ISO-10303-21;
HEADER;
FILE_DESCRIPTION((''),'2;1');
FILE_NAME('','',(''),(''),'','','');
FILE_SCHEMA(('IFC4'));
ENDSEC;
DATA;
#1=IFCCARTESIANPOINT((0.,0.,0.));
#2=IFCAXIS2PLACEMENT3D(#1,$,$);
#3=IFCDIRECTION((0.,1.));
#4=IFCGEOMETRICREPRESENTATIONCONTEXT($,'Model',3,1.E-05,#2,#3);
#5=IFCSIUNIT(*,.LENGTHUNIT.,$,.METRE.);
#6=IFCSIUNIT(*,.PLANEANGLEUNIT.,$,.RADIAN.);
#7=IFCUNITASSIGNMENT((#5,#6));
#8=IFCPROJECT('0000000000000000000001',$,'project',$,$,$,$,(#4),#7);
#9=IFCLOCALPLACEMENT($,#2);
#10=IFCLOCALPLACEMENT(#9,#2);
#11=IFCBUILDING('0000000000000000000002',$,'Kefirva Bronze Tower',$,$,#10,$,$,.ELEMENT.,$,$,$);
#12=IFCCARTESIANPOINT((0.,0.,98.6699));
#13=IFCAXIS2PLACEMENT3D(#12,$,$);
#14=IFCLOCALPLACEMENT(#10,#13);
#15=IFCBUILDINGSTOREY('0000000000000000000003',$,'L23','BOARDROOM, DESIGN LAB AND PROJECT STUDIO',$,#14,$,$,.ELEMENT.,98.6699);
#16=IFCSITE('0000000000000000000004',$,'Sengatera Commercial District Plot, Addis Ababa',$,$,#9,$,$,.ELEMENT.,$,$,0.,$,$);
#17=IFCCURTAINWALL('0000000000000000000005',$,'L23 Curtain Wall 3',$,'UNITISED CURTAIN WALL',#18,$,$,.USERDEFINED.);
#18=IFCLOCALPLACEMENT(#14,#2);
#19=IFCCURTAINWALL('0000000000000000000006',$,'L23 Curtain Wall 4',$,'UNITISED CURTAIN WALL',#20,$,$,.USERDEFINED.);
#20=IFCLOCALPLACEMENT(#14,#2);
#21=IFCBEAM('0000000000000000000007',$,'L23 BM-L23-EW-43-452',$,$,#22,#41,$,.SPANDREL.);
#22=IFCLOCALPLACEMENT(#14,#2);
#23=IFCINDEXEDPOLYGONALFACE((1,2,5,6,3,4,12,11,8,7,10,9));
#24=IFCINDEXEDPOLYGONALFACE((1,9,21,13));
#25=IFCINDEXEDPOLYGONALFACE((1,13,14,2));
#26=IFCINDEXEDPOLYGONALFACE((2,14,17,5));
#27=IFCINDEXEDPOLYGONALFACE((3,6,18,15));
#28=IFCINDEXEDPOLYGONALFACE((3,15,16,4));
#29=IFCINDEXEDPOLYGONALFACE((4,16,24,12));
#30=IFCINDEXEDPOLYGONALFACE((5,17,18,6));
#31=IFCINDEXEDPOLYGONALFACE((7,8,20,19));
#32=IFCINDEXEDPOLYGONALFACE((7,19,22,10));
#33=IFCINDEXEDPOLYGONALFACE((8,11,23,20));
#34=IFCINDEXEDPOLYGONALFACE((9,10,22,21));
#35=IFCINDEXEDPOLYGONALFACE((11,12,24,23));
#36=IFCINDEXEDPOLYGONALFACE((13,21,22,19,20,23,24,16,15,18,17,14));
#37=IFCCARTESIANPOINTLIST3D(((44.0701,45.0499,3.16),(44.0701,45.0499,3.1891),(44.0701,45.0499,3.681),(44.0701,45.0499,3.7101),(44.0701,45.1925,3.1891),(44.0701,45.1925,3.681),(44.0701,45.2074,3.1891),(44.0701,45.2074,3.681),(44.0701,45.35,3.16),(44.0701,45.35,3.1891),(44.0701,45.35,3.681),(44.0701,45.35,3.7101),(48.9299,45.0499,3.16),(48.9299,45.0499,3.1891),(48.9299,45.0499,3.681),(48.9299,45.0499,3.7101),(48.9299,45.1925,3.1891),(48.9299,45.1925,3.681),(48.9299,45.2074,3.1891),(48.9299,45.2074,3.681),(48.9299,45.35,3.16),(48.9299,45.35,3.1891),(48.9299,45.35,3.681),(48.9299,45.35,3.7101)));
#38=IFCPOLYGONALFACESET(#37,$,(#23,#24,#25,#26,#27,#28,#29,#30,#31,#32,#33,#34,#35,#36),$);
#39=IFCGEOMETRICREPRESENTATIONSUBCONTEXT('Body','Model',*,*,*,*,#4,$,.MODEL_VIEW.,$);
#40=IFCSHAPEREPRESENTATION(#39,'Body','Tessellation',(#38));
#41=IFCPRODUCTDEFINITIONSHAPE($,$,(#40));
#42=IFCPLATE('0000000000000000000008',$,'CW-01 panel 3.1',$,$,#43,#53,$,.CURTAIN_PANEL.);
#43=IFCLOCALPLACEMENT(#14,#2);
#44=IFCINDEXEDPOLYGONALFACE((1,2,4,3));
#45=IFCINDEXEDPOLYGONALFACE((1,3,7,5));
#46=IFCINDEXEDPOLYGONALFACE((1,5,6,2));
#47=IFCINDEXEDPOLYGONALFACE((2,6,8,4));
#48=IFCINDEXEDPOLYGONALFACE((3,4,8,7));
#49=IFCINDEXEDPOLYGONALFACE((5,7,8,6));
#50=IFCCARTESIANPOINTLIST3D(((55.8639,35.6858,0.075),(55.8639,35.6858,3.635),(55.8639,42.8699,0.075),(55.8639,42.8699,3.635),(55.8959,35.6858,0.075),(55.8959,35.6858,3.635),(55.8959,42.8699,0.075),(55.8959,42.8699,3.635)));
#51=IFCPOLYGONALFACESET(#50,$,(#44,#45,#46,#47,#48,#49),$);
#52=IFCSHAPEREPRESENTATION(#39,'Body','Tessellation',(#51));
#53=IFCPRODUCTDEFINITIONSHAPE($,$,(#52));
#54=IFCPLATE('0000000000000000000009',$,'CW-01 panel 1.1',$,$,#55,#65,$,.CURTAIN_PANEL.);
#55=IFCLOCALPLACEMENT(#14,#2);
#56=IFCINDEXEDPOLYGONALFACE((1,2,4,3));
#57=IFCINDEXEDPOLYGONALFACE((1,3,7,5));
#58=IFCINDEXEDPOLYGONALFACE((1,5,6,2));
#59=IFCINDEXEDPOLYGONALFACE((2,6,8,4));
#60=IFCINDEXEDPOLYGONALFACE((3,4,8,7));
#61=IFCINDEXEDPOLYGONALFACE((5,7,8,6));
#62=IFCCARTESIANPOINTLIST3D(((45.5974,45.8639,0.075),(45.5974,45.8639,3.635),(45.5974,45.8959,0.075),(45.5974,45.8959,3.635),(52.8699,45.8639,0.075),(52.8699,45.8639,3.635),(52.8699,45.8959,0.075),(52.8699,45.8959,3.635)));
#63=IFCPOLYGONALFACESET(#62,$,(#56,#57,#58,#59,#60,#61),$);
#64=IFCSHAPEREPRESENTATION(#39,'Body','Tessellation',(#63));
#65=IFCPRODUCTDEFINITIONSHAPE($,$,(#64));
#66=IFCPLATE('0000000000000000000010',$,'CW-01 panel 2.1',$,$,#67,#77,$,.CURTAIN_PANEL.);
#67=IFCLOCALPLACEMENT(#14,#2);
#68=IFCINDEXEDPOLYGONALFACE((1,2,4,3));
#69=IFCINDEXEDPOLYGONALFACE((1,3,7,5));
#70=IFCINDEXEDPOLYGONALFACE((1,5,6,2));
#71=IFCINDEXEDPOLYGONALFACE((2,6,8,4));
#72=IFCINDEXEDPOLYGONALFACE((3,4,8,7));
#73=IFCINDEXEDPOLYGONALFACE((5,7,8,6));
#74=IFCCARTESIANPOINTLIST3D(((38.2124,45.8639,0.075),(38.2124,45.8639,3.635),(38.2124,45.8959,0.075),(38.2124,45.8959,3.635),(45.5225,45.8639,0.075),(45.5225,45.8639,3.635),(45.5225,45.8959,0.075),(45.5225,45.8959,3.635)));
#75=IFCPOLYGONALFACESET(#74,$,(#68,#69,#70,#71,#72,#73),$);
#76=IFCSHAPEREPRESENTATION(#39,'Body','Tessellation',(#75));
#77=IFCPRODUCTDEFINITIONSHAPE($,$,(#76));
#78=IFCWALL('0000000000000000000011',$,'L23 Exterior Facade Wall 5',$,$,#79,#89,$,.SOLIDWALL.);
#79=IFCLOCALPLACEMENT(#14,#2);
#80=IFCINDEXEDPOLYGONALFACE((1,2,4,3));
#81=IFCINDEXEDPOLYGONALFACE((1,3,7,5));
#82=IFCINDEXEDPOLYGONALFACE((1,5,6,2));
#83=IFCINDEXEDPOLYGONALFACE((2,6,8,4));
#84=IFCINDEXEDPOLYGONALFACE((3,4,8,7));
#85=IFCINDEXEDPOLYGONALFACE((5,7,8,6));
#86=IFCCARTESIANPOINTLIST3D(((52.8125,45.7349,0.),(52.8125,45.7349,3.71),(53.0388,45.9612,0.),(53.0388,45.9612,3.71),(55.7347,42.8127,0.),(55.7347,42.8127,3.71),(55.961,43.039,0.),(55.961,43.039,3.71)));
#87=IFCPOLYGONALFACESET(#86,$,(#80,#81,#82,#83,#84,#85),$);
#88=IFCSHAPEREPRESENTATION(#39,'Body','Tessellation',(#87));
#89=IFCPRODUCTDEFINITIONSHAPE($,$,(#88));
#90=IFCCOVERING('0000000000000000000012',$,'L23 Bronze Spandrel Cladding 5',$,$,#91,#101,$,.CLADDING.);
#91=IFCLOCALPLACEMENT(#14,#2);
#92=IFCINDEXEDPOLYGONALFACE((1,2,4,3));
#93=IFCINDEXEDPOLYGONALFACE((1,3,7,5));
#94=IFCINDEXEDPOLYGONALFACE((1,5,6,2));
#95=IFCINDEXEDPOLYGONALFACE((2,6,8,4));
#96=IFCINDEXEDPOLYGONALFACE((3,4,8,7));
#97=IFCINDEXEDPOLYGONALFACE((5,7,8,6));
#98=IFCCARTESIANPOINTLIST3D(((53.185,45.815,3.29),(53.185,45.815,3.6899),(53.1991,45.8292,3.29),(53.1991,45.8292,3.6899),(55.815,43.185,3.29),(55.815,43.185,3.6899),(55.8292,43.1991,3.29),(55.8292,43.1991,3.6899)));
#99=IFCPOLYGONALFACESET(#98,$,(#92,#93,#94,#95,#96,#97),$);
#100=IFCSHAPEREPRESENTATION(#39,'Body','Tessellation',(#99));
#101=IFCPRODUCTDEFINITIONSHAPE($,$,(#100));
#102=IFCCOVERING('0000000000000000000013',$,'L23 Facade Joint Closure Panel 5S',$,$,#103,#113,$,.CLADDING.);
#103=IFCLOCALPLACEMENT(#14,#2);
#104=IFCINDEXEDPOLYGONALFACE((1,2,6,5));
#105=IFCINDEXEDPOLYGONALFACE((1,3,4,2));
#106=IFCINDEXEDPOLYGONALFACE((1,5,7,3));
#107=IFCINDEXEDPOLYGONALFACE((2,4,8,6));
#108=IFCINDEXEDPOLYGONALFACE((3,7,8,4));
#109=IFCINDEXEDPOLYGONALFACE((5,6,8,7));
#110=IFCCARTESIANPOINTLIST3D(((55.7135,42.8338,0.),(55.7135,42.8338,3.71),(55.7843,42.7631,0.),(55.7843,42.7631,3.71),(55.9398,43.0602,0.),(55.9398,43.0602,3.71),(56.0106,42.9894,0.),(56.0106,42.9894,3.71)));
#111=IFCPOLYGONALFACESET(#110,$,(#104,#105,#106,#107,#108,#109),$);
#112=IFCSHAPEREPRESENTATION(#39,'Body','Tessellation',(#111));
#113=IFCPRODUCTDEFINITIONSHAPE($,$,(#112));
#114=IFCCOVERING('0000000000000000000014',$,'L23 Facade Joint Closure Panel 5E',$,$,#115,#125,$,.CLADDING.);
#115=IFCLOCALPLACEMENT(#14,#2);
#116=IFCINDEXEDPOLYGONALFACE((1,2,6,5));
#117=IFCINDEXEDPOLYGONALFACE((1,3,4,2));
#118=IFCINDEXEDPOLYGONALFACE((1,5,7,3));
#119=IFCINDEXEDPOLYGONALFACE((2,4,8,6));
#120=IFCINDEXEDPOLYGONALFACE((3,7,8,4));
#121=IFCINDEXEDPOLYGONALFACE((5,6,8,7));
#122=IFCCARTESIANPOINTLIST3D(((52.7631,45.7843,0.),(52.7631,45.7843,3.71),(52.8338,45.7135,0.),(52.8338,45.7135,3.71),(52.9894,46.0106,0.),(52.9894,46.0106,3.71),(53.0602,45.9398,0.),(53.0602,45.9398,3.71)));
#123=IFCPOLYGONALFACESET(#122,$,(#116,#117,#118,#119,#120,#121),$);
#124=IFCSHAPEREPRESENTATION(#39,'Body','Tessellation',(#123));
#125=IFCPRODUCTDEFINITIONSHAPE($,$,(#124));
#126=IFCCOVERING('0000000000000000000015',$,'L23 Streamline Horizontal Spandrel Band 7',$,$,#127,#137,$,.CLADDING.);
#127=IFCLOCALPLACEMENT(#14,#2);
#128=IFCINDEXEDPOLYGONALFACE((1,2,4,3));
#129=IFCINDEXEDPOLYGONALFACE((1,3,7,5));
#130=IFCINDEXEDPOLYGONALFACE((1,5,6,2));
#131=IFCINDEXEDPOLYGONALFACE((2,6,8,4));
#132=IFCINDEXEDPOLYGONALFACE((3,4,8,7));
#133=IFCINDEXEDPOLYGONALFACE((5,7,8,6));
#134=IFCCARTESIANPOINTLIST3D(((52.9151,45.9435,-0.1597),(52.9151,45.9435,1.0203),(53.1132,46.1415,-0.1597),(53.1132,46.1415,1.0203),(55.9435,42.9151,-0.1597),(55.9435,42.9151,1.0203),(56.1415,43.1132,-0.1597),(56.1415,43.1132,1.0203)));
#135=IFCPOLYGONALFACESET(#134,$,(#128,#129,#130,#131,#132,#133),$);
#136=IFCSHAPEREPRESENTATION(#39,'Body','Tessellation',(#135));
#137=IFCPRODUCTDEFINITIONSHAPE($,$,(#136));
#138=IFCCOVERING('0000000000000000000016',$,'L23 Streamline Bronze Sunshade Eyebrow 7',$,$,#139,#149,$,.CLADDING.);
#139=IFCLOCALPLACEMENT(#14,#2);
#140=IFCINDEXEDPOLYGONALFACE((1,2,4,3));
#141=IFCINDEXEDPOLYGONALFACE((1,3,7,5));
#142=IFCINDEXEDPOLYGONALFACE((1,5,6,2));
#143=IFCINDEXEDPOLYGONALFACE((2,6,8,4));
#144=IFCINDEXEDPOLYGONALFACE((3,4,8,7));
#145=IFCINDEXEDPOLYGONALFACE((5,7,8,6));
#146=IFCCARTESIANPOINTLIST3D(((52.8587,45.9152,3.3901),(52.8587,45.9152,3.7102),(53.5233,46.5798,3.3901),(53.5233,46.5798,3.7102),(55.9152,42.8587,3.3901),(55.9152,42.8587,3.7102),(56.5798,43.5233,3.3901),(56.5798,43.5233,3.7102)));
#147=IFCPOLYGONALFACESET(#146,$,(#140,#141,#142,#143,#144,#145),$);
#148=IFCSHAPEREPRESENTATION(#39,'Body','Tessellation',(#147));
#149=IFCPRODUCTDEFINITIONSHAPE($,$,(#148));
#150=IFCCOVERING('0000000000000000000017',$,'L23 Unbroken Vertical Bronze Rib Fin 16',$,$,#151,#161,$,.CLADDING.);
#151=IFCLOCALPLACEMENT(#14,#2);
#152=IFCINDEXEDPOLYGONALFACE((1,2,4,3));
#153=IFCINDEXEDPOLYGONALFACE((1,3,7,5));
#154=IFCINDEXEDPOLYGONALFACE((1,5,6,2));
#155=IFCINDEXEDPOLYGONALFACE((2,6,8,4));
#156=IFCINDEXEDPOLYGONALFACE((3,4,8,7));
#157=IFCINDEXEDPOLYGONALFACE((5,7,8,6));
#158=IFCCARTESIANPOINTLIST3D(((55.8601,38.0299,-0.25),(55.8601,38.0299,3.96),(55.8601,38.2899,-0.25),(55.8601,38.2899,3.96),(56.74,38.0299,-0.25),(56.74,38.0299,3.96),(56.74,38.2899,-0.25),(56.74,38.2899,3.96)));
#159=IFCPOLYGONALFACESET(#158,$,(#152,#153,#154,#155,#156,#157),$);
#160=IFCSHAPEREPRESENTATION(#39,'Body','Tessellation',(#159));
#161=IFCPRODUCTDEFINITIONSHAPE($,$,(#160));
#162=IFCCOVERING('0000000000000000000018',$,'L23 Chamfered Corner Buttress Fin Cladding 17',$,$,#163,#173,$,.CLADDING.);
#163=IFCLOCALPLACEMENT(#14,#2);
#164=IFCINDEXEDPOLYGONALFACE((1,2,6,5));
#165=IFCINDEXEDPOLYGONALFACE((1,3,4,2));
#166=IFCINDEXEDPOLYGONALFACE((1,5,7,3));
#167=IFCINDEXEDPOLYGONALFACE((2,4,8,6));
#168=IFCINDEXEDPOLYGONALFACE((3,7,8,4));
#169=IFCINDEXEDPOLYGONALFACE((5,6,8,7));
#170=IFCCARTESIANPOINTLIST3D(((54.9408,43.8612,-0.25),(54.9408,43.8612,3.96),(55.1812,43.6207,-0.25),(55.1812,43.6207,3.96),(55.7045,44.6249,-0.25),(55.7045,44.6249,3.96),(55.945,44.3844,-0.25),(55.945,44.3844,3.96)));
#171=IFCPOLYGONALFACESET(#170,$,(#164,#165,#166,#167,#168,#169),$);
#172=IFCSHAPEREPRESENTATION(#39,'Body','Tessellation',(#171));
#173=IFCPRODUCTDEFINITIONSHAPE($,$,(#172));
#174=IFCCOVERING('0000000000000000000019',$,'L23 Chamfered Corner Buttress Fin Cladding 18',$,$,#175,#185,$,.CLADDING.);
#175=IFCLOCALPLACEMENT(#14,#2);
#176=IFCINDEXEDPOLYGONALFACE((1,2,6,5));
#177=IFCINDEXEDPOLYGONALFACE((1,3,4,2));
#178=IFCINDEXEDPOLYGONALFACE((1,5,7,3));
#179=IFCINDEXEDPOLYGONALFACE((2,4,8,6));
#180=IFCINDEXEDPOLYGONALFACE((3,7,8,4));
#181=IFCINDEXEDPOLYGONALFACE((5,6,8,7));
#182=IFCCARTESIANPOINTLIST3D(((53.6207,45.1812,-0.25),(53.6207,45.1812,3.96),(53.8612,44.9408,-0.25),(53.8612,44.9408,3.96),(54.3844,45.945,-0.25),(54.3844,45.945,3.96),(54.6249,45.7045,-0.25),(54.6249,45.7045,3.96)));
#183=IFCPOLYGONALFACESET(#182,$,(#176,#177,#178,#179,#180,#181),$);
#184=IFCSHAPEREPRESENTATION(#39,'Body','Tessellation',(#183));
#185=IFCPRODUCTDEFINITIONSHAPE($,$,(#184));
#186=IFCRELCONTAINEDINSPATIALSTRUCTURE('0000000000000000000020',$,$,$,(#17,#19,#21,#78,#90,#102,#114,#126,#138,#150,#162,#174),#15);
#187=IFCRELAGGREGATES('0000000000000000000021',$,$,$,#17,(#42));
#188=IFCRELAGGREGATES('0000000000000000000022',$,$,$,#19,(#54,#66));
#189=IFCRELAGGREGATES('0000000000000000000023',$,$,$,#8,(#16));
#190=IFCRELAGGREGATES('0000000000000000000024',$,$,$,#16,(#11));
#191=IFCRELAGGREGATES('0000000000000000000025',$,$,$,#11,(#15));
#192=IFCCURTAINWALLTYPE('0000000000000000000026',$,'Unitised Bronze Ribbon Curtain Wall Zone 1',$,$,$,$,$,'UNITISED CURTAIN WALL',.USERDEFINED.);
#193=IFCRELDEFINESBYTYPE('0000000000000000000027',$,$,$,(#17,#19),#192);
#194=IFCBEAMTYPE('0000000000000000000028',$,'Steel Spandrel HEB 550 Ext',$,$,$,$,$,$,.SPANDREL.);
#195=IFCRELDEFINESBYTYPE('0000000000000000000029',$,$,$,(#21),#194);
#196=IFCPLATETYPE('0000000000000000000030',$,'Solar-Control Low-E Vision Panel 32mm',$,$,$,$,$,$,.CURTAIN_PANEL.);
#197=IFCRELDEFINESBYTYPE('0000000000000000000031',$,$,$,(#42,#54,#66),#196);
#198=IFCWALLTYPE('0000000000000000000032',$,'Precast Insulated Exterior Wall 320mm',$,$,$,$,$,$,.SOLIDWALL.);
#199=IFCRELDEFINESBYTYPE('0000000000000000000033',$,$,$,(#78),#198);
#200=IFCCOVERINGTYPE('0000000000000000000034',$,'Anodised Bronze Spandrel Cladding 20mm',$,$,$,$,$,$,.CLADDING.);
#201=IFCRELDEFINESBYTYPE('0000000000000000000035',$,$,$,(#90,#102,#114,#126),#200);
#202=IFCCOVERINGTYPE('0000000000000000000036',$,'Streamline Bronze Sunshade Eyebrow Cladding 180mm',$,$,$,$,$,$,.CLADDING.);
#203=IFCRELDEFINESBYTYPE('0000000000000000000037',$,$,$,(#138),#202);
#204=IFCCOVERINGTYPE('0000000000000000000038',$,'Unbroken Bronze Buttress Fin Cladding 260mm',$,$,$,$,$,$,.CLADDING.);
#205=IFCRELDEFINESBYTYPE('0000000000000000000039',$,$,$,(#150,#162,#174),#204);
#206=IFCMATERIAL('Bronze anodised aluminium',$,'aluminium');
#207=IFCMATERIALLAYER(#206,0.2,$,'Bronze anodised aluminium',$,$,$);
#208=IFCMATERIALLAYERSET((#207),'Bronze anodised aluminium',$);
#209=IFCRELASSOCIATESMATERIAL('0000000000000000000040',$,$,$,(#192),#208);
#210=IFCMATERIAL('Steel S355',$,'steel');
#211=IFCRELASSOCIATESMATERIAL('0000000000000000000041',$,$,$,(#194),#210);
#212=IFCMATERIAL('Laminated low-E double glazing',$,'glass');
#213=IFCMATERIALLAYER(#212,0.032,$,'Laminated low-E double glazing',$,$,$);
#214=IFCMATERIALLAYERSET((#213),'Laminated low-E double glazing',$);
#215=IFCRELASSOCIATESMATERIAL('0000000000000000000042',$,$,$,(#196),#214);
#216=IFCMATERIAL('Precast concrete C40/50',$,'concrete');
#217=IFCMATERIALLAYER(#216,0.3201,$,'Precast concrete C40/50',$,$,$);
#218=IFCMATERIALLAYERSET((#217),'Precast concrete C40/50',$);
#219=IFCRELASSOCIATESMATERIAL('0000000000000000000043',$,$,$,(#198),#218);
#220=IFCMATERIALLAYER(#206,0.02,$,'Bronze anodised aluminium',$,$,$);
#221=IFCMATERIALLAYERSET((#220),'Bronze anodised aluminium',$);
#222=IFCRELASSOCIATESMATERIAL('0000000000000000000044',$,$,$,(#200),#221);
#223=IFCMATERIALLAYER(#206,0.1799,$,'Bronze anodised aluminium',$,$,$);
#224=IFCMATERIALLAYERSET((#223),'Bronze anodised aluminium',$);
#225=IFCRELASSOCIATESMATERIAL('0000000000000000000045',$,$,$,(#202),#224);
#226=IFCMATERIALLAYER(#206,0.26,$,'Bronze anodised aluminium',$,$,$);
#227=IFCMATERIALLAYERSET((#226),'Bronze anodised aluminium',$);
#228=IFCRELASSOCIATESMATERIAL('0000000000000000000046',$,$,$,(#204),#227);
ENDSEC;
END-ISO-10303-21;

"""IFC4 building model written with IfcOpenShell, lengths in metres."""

from ifc_helpers import new_model, si_unit, direction, frame, frame_2d, origin, origin_2d, place, context, subcontext, project, spatial, rectangle, i_section, extrude, material, layer, layer_set, material_profile, profile_set, type_object, element, aggregate, save


model = new_model("IFC4")

# Units and contexts
model_context = context("Model", 3, precision=1e-05, world=origin(), true_north=direction((0.0, 1.0)))
body_context = subcontext(model_context, "Body", "Model", "MODEL_VIEW")
ifc_project = project(units=[si_unit("LENGTHUNIT", "METRE"), si_unit("PLANEANGLEUNIT", "RADIAN")], contexts=[model_context])

# Site, building, storey
site_placement = place(None, origin())
site = spatial("IfcSite", under=ifc_project, at=site_placement, Name="Sengatera Commercial District Plot, Addis Ababa", CompositionType="ELEMENT", RefElevation=0.0)
building_placement = place(site_placement, origin())
building = spatial("IfcBuilding", under=site, at=building_placement, Name="Kefirva Bronze Tower", CompositionType="ELEMENT")
storey_placement = place(building_placement, frame((0.0, 0.0, 98.6699)))
storey = spatial("IfcBuildingStorey", under=building, at=storey_placement, Name="L23", Description="BOARDROOM, DESIGN LAB AND PROJECT STUDIO", CompositionType="ELEMENT", Elevation=98.6699)

# Curtain wall
ifc_material_1 = material(Name="Bronze anodised aluminium", Category="aluminium")
ifc_layer_1 = layer(ifc_material_1, 0.2, Name="Bronze anodised aluminium")
ifc_layer_set_1 = layer_set([ifc_layer_1], Name="Bronze anodised aluminium")
curtain_wall_type = type_object("IfcCurtainWallType", Name="Unitised Bronze Ribbon Curtain Wall Zone 1", ElementType="UNITISED CURTAIN WALL", PredefinedType="USERDEFINED", material=ifc_layer_set_1)
curtain_wall_1_placement = place(storey_placement, origin())
curtain_wall_1 = element("IfcCurtainWall", 1, at=curtain_wall_1_placement, inside=storey, type_object=curtain_wall_type, Name="L23 Curtain Wall 3", ObjectType="UNITISED CURTAIN WALL", PredefinedType="USERDEFINED")

# Curtain wall
curtain_wall_2_placement = place(storey_placement, origin())
curtain_wall_2 = element("IfcCurtainWall", 2, at=curtain_wall_2_placement, inside=storey, type_object=curtain_wall_type, Name="L23 Curtain Wall 4", ObjectType="UNITISED CURTAIN WALL", PredefinedType="USERDEFINED")

# Beam
ifc_material_2 = material(Name="Steel S355", Category="steel")
ifc_material_profile_1 = material_profile(ifc_material_2, i_section(OverallWidth=0.3, OverallDepth=0.55, WebThickness=0.0149, FlangeThickness=0.0291, at=origin_2d()), Name="HEB 550")
ifc_profile_set_1 = profile_set([ifc_material_profile_1], Name="Steel S355")
beam_type_1 = type_object("IfcBeamType", Name="Steel Spandrel HEB 550 Ext", PredefinedType="SPANDREL", material=ifc_profile_set_1)
beam_1_placement = place(storey_placement, frame((44.0701, 45.2, 3.4351), z_axis=(1.0, 0.0, 0.0), x_axis=(0.0, 1.0, 0.0)))
element("IfcBeam", 3, at=beam_1_placement, inside=storey, type_object=beam_type_1, Name="L23 BM-L23-EW-43-452", PredefinedType="SPANDREL", context=body_context, shape_type="SweptSolid", body=[
    extrude(i_section(OverallWidth=0.3, OverallDepth=0.55, WebThickness=0.0149, FlangeThickness=0.0291, at=origin_2d()), origin(), (0.0, 0.0, 1.0), 4.8599),
])

# Plates
ifc_material_3 = material(Name="Laminated low-E double glazing", Category="glass")
ifc_layer_2 = layer(ifc_material_3, 0.032, Name="Laminated low-E double glazing")
ifc_layer_set_2 = layer_set([ifc_layer_2], Name="Laminated low-E double glazing")
plate_type = type_object("IfcPlateType", Name="Solar-Control Low-E Vision Panel 32mm", PredefinedType="CURTAIN_PANEL", material=ifc_layer_set_2)
plate_1_placement = place(storey_placement, frame((55.8799, 39.2778, 0.075), z_axis=(0.0, 0.0, 1.0), x_axis=(0.0, 1.0, 0.0)))
plate_1 = element("IfcPlate", 4, at=plate_1_placement, type_object=plate_type, Name="CW-01 panel 3.1", PredefinedType="CURTAIN_PANEL", context=body_context, shape_type="SweptSolid", body=[
    extrude(rectangle(XDim=7.1841, YDim=0.032, at=origin_2d()), origin(), (0.0, 0.0, 1.0), 3.5601),
])
aggregate(curtain_wall_1, [plate_1])
plate_2_placement = place(storey_placement, frame((49.2336, 45.8799, 0.075), z_axis=(0.0, 0.0, 1.0), x_axis=(-1.0, 0.0, 0.0)))
plate_2 = element("IfcPlate", 5, at=plate_2_placement, type_object=plate_type, Name="CW-01 panel 1.1", PredefinedType="CURTAIN_PANEL", context=body_context, shape_type="SweptSolid", body=[
    extrude(rectangle(XDim=7.2725, YDim=0.032, at=origin_2d()), origin(), (0.0, 0.0, 1.0), 3.5601),
])
plate_3_placement = place(storey_placement, frame((41.8674, 45.8799, 0.075), z_axis=(0.0, 0.0, 1.0), x_axis=(-1.0, 0.0, 0.0)))
plate_3 = element("IfcPlate", 6, at=plate_3_placement, type_object=plate_type, Name="CW-01 panel 2.1", PredefinedType="CURTAIN_PANEL", context=body_context, shape_type="SweptSolid", body=[
    extrude(rectangle(XDim=7.3101, YDim=0.032, at=origin_2d()), origin(), (0.0, 0.0, 1.0), 3.5601),
])
aggregate(curtain_wall_2, [plate_2, plate_3])

# Wall
ifc_material_4 = material(Name="Precast concrete C40/50", Category="concrete")
ifc_layer_3 = layer(ifc_material_4, 0.3201, Name="Precast concrete C40/50")
ifc_layer_set_3 = layer_set([ifc_layer_3], Name="Precast concrete C40/50")
wall_type = type_object("IfcWallType", Name="Precast Insulated Exterior Wall 320mm", PredefinedType="SOLIDWALL", material=ifc_layer_set_3)
wall_placement = place(storey_placement, frame((55.8479, 42.9258, 0.0), z_axis=(0.0, 0.0, 1.0), x_axis=(-0.707107, 0.707107, 0.0)))
element("IfcWall", 7, at=wall_placement, inside=storey, type_object=wall_type, Name="L23 Exterior Facade Wall 5", PredefinedType="SOLIDWALL", context=body_context, shape_type="SweptSolid", body=[
    extrude(rectangle(XDim=4.1326, YDim=0.3201, at=frame_2d((2.0664, 0.0))), origin(), (0.0, 0.0, 1.0), 3.71),
])

# Coverings
ifc_layer_4 = layer(ifc_material_1, 0.02, Name="Bronze anodised aluminium")
ifc_layer_set_4 = layer_set([ifc_layer_4], Name="Bronze anodised aluminium")
covering_type_1 = type_object("IfcCoveringType", Name="Anodised Bronze Spandrel Cladding 20mm", PredefinedType="CLADDING", material=ifc_layer_set_4)
covering_1_placement = place(storey_placement, frame((54.5071, 44.5071, 3.29), z_axis=(0.0, 0.0, 1.0), x_axis=(-0.707107, 0.707107, 0.0)))
element("IfcCovering", 8, at=covering_1_placement, inside=storey, type_object=covering_type_1, Name="L23 Bronze Spandrel Cladding 5", PredefinedType="CLADDING", context=body_context, shape_type="SweptSolid", body=[
    extrude(rectangle(XDim=3.7195, YDim=0.02, at=origin_2d()), origin(), (0.0, 0.0, 1.0), 0.3999),
])
for number, where, z_axis, x_axis, name in (
    (9, (55.8621, 42.9116, 0.0), (0.0, 0.0, 1.0), (-0.707107, 0.707107, 0.0), "L23 Facade Joint Closure Panel 5S"),
    (10, (52.9116, 45.8621, 0.0), (0.0, 0.0, 1.0), (-0.707107, 0.707107, 0.0), "L23 Facade Joint Closure Panel 5E"),
):
    element("IfcCovering", number, at=place(storey_placement, frame(where, z_axis=z_axis, x_axis=x_axis)), inside=storey, type_object=covering_type_1, Name=name, PredefinedType="CLADDING", context=body_context, shape_type="SweptSolid", body=[
        extrude(rectangle(XDim=0.1001, YDim=0.3201, at=origin_2d()), origin(), (0.0, 0.0, 1.0), 3.71),
    ])
covering_2_placement = place(storey_placement, frame((54.5283, 44.5283, -0.1597), z_axis=(0.0, 0.0, 1.0), x_axis=(-0.707107, 0.707107, 0.0)))
element("IfcCovering", 11, at=covering_2_placement, inside=storey, type_object=covering_type_1, Name="L23 Streamline Horizontal Spandrel Band 7", PredefinedType="CLADDING", context=body_context, shape_type="SweptSolid", body=[
    extrude(rectangle(XDim=4.2827, YDim=0.28, at=origin_2d()), origin(), (0.0, 0.0, 1.0), 1.1799),
])
ifc_layer_5 = layer(ifc_material_1, 0.1799, Name="Bronze anodised aluminium")
ifc_layer_set_5 = layer_set([ifc_layer_5], Name="Bronze anodised aluminium")
covering_type_2 = type_object("IfcCoveringType", Name="Streamline Bronze Sunshade Eyebrow Cladding 180mm", PredefinedType="CLADDING", material=ifc_layer_set_5)
covering_3_placement = place(storey_placement, frame((54.7192, 44.7192, 3.3901), z_axis=(0.0, 0.0, 1.0), x_axis=(-0.707107, 0.707107, 0.0)))
element("IfcCovering", 12, at=covering_3_placement, inside=storey, type_object=covering_type_2, Name="L23 Streamline Bronze Sunshade Eyebrow 7", PredefinedType="CLADDING", context=body_context, shape_type="SweptSolid", body=[
    extrude(rectangle(XDim=4.3225, YDim=0.9399, at=origin_2d()), origin(), (0.0, 0.0, 1.0), 0.3201),
])
ifc_layer_6 = layer(ifc_material_1, 0.26, Name="Bronze anodised aluminium")
ifc_layer_set_6 = layer_set([ifc_layer_6], Name="Bronze anodised aluminium")
covering_type_3 = type_object("IfcCoveringType", Name="Unbroken Bronze Buttress Fin Cladding 260mm", PredefinedType="CLADDING", material=ifc_layer_set_6)
covering_4_placement = place(storey_placement, frame((56.3, 38.1599, -0.25), z_axis=(0.0, 0.0, 1.0), x_axis=(0.0, 1.0, 0.0)))
element("IfcCovering", 13, at=covering_4_placement, inside=storey, type_object=covering_type_3, Name="L23 Unbroken Vertical Bronze Rib Fin 16", PredefinedType="CLADDING", context=body_context, shape_type="SweptSolid", body=[
    extrude(rectangle(XDim=0.26, YDim=0.8799, at=origin_2d()), origin(), (0.0, 0.0, 1.0), 4.21),
])
for number, where, z_axis, x_axis, name in (
    (14, (55.4429, 44.1228, -0.25), (0.0, 0.0, 1.0), (-0.707107, 0.707107, 0.0), "L23 Chamfered Corner Buttress Fin Cladding 17"),
    (15, (54.1228, 45.4429, -0.25), (0.0, 0.0, 1.0), (-0.707107, 0.707107, 0.0), "L23 Chamfered Corner Buttress Fin Cladding 18"),
):
    element("IfcCovering", number, at=place(storey_placement, frame(where, z_axis=z_axis, x_axis=x_axis)), inside=storey, type_object=covering_type_3, Name=name, PredefinedType="CLADDING", context=body_context, shape_type="SweptSolid", body=[
        extrude(rectangle(XDim=0.3401, YDim=1.0801, at=origin_2d()), origin(), (0.0, 0.0, 1.0), 4.21),
    ])

save(model, "model.ifc")
